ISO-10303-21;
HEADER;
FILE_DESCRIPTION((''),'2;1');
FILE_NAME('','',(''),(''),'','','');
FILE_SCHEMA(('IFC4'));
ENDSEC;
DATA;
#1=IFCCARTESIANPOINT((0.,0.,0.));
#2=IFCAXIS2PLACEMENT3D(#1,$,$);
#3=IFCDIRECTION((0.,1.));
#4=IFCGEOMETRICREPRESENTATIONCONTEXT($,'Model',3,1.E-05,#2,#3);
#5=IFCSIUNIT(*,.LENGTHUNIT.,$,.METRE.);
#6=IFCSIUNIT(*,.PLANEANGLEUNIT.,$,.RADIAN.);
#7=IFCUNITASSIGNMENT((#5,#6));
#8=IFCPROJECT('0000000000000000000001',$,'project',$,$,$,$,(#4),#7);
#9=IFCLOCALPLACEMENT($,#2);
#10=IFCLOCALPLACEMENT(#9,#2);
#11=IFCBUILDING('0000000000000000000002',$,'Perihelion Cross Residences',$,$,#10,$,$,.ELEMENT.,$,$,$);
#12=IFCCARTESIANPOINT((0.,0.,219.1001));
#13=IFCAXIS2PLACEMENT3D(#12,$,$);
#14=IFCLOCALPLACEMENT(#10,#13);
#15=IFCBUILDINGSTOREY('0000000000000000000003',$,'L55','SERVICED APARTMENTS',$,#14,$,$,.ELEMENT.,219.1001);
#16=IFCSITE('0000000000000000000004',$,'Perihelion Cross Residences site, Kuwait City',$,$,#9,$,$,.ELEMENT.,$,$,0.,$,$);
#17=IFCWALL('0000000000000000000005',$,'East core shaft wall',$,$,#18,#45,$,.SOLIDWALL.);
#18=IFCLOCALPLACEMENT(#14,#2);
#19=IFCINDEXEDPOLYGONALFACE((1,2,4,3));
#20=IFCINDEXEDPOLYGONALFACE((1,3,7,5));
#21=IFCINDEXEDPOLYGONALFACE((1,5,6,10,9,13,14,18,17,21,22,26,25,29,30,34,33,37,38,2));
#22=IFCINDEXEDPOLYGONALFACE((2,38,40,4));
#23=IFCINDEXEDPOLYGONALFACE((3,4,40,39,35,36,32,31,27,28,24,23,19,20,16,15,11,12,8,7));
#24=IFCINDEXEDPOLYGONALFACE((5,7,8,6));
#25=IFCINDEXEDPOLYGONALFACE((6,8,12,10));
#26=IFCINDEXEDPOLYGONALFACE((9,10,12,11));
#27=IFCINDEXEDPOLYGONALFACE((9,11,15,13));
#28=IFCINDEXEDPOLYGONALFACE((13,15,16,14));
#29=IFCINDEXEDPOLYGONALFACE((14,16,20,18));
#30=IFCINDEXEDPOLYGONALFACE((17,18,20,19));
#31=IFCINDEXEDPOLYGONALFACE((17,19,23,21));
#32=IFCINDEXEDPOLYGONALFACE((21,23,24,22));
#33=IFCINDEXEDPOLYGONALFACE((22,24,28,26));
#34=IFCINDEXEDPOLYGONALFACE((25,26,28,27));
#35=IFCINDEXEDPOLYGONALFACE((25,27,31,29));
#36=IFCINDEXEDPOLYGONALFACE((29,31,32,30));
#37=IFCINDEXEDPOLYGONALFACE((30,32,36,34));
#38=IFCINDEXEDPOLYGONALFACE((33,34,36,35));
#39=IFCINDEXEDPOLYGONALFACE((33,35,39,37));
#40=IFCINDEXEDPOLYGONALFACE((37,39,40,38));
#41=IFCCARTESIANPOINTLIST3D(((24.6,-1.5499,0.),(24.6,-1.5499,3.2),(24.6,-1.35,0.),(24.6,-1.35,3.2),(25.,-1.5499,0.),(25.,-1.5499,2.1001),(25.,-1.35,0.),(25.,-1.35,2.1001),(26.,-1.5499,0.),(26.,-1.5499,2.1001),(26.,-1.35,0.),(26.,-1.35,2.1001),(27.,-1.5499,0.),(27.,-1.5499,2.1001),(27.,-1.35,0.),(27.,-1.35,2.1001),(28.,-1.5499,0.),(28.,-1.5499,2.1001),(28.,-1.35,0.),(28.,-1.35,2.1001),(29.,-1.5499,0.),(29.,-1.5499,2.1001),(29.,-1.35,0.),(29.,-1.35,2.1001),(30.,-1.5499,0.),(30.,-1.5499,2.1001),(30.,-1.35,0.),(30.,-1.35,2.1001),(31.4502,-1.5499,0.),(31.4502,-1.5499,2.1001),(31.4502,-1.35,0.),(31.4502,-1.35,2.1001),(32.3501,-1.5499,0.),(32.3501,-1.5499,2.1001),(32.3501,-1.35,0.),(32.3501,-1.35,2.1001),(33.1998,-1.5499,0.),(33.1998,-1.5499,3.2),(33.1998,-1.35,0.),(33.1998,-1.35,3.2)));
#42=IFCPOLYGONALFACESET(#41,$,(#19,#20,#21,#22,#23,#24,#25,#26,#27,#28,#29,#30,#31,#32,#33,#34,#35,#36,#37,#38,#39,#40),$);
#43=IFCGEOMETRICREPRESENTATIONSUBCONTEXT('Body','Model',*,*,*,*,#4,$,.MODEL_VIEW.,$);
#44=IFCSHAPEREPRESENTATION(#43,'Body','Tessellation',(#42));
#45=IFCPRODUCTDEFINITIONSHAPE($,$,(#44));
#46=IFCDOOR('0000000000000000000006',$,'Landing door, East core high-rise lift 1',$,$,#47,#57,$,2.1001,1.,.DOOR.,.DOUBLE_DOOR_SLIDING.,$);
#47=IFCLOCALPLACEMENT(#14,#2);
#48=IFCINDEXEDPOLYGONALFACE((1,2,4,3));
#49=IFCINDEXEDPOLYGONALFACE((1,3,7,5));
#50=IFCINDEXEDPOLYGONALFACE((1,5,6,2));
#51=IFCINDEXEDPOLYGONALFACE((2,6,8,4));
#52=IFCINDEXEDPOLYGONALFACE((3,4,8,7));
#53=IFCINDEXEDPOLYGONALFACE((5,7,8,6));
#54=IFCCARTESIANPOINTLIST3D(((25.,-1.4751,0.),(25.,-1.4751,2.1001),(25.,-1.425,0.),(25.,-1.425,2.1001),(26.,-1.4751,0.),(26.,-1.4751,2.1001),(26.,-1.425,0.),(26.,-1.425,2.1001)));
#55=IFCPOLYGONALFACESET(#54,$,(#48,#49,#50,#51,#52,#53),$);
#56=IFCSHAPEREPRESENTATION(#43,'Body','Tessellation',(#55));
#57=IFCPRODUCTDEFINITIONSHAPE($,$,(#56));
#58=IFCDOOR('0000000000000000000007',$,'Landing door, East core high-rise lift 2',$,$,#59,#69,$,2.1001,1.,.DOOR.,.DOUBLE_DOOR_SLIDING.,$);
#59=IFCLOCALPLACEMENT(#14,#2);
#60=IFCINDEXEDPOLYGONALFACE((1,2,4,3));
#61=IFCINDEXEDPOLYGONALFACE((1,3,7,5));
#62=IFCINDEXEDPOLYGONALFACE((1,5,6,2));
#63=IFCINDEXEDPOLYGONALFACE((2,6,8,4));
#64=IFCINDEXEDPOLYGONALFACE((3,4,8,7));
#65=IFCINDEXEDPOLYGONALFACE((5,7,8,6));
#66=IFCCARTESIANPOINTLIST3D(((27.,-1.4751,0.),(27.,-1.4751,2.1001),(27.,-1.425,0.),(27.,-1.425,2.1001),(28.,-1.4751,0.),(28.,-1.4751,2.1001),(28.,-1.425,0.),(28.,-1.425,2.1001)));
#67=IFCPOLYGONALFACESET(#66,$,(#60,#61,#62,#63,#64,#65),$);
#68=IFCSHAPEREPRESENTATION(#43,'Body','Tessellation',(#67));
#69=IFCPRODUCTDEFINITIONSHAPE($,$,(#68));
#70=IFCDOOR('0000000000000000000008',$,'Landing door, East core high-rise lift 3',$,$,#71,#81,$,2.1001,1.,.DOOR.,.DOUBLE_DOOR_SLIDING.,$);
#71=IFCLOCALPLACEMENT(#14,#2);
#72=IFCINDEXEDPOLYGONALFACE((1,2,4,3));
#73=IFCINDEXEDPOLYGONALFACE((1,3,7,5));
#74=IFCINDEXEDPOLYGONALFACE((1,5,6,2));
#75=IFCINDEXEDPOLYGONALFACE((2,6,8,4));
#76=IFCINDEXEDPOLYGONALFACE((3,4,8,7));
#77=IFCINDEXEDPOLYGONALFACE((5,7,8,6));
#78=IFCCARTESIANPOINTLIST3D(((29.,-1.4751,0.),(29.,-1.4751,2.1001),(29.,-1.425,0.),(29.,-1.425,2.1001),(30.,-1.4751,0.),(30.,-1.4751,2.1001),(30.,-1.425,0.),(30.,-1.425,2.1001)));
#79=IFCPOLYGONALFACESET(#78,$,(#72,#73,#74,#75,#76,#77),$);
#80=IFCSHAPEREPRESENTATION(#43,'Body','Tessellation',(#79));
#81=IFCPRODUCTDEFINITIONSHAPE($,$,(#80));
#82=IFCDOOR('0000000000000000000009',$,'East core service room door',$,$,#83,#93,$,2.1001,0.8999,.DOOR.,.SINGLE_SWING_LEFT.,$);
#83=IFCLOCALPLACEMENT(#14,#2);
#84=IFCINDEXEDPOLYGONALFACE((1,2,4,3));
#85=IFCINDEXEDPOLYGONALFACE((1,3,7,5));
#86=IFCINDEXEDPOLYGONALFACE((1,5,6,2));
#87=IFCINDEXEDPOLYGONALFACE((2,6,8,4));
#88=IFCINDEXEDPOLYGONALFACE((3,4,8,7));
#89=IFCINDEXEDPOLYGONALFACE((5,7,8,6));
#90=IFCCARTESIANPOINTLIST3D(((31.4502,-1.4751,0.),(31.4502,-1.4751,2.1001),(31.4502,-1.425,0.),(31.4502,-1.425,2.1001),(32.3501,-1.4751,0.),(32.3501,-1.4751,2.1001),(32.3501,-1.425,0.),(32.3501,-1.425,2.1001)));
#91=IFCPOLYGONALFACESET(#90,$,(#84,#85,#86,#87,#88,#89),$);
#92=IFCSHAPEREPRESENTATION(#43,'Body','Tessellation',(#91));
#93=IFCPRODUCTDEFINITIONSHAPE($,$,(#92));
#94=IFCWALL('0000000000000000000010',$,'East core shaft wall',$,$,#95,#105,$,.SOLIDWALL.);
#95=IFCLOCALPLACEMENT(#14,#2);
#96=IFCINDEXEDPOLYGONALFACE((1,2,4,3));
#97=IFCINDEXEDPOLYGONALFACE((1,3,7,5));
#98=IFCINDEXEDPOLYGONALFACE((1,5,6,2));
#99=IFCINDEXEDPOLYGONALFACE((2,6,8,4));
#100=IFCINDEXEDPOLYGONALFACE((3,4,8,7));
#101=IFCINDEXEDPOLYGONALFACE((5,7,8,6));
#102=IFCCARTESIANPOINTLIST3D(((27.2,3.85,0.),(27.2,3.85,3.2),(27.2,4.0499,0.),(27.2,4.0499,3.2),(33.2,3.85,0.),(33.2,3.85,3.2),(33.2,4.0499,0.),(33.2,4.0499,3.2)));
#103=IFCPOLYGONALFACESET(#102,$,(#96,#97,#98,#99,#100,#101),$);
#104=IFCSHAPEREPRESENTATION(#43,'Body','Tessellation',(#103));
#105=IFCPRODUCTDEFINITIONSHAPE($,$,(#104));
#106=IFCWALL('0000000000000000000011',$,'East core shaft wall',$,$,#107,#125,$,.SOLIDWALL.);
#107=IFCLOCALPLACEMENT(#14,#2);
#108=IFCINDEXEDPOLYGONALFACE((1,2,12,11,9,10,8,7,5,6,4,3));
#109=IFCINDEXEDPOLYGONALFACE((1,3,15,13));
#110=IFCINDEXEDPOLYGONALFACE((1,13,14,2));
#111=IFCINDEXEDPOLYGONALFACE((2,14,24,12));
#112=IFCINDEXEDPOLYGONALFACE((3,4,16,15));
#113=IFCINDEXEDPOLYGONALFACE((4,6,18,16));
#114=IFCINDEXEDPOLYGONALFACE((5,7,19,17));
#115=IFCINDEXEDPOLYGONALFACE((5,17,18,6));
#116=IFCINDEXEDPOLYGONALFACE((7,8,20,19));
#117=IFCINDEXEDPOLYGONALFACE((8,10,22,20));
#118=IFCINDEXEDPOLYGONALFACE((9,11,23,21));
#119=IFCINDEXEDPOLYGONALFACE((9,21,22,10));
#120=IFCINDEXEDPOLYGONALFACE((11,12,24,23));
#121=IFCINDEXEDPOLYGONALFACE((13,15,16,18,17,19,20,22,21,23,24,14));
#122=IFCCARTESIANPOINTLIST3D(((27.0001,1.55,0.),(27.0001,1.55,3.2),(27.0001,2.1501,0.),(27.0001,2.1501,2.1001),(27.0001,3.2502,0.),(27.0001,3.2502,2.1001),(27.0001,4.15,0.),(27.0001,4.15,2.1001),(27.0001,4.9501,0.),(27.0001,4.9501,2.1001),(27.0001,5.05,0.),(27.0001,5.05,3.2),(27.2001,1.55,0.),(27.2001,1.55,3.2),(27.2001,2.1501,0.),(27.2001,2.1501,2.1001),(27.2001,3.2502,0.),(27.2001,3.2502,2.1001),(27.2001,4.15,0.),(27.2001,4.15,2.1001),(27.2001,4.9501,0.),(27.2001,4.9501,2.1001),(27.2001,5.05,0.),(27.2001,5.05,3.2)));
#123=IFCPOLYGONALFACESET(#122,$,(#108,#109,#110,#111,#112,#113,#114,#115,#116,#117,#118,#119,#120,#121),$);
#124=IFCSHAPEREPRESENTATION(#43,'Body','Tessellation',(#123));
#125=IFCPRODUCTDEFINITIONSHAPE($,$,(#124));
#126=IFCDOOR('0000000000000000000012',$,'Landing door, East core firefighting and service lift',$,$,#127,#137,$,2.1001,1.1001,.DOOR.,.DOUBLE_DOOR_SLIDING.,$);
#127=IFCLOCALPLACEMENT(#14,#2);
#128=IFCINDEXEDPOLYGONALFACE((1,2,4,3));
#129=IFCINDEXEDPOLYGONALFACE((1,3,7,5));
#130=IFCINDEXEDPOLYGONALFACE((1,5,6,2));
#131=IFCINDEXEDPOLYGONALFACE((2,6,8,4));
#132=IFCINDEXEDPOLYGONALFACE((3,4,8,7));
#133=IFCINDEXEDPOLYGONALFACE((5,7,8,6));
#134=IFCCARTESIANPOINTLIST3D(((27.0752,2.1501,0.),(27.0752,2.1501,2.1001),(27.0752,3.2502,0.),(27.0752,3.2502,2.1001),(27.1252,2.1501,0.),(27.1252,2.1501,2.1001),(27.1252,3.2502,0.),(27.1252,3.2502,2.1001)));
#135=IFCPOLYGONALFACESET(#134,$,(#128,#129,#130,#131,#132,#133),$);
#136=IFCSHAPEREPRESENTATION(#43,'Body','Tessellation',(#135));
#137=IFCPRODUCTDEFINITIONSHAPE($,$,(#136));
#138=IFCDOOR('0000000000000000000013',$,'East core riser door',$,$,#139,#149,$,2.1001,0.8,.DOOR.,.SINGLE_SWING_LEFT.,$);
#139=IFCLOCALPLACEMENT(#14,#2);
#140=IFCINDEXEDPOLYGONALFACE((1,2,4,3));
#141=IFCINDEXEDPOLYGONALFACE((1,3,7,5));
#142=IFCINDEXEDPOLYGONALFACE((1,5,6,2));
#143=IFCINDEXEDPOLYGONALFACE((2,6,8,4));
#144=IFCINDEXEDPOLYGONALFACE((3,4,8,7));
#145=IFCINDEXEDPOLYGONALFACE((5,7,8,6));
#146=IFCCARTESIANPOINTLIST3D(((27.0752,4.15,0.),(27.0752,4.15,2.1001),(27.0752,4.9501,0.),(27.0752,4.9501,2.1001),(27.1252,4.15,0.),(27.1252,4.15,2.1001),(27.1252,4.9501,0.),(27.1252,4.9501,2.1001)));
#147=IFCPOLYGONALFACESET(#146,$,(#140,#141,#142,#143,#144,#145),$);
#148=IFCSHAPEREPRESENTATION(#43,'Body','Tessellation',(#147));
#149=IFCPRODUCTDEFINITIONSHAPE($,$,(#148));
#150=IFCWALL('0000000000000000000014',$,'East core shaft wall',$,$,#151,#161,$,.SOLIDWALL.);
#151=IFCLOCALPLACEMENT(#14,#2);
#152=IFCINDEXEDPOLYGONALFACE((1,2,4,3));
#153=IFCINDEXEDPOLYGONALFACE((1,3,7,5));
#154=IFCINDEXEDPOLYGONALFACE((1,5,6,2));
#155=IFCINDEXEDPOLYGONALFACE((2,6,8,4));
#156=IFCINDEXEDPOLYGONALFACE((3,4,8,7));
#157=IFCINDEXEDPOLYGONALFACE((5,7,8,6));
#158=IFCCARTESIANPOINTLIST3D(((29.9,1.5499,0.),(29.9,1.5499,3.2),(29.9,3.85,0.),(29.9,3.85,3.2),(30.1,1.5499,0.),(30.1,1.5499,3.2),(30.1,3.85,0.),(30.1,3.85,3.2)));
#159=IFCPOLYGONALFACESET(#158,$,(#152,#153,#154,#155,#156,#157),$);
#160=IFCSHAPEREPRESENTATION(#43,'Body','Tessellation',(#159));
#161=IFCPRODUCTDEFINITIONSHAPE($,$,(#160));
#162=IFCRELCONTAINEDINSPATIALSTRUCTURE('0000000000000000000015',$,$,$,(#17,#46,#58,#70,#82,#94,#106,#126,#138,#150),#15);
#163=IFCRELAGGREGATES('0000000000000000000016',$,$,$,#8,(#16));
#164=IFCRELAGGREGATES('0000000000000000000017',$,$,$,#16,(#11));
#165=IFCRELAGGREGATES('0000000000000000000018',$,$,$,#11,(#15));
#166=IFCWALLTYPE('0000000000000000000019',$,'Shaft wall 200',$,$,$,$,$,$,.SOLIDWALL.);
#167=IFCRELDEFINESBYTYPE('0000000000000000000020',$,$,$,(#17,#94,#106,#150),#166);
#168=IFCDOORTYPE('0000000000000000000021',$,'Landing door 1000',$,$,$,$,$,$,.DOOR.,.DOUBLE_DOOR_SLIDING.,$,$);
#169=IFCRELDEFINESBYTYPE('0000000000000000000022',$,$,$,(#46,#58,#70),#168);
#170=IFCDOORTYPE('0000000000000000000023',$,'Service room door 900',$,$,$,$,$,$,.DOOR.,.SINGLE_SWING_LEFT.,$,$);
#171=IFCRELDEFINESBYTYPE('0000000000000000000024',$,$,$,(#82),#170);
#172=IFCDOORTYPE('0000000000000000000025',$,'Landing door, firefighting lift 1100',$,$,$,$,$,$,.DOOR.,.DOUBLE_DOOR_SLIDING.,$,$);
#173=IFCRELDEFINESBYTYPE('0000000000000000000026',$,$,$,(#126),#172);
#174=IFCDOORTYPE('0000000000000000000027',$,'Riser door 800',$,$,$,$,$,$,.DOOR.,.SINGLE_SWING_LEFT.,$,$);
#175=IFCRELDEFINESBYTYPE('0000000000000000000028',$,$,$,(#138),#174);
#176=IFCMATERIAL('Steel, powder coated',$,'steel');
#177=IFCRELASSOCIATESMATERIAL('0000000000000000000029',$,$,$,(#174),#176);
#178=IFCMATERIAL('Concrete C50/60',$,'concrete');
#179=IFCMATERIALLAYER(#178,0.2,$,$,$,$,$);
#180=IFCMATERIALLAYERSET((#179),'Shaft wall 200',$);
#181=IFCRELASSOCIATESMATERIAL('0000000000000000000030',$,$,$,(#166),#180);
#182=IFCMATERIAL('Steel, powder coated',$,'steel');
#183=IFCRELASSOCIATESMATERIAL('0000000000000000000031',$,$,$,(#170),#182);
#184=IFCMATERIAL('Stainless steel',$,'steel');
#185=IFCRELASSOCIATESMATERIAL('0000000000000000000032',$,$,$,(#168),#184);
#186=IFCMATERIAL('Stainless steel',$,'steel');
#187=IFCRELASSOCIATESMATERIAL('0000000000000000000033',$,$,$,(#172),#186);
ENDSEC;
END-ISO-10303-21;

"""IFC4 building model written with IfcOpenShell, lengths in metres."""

from ifc_helpers import new_model, si_unit, direction, frame, frame_2d, origin, place, context, subcontext, project, spatial, rectangle, extrude, material, layer, layer_set, type_object, element, fill, save


model = new_model("IFC4")

# Units and contexts
model_context = context("Model", 3, precision=1e-05, world=origin(), true_north=direction((0.0, 1.0)))
body_context = subcontext(model_context, "Body", "Model", "MODEL_VIEW")
ifc_project = project(units=[si_unit("LENGTHUNIT", "METRE"), si_unit("PLANEANGLEUNIT", "RADIAN")], contexts=[model_context])

# Site, building, storey
site_placement = place(None, origin())
site = spatial("IfcSite", under=ifc_project, at=site_placement, Name="Perihelion Cross Residences site, Kuwait City", CompositionType="ELEMENT", RefElevation=0.0)
building_placement = place(site_placement, origin())
building = spatial("IfcBuilding", under=site, at=building_placement, Name="Perihelion Cross Residences", CompositionType="ELEMENT")
storey_placement = place(building_placement, frame((0.0, 0.0, 219.1001)))
storey = spatial("IfcBuildingStorey", under=building, at=storey_placement, Name="L55", Description="SERVICED APARTMENTS", CompositionType="ELEMENT", Elevation=219.1001)

# Shared definitions
ifc_material_1 = material(Name="Steel, powder coated", Category="steel")
door_type_1 = type_object("IfcDoorType", Name="Riser door 800", OperationType="SINGLE_SWING_LEFT", PredefinedType="DOOR", material=ifc_material_1)

# Wall, openings, doors
ifc_material_2 = material(Name="Concrete C50/60", Category="concrete")
ifc_layer_1 = layer(ifc_material_2, 0.2)
ifc_layer_set_1 = layer_set([ifc_layer_1], Name="Shaft wall 200")
wall_type_1 = type_object("IfcWallType", Name="Shaft wall 200", PredefinedType="SOLIDWALL", material=ifc_layer_set_1)
ifc_material_3 = material(Name="Steel, powder coated", Category="steel")
door_type_2 = type_object("IfcDoorType", Name="Service room door 900", OperationType="SINGLE_SWING_LEFT", PredefinedType="DOOR", material=ifc_material_3)
wall_1_placement = place(storey_placement, frame((24.6001, -1.45, 0.0), z_axis=(0.0, 0.0, 1.0), x_axis=(1.0, 0.0, 0.0)))
wall_1 = element("IfcWall", 1, at=wall_1_placement, inside=storey, type_object=wall_type_1, Name="East core shaft wall", PredefinedType="SOLIDWALL", context=body_context, shape_type="SweptSolid", body=[
    extrude(rectangle(XDim=8.5999, YDim=0.2, at=frame_2d((4.2998, 0.0))), origin(), (0.0, 0.0, 1.0), 3.2),
])
opening_1_placement = place(wall_1_placement, frame((0.3999, 0.0, 0.0)))
opening_1 = element("IfcOpeningElement", 2, at=opening_1_placement, cuts=wall_1, PredefinedType="OPENING", context=body_context, shape_type="SweptSolid", body=[
    extrude(rectangle(XDim=1.0, YDim=2.1001, at=frame_2d((0.5, 1.05))), frame((0.0, 0.1099, 0.0), z_axis=(0.0, -1.0, 0.0), x_axis=(1.0, 0.0, 0.0)), (0.0, 0.0, 1.0), 0.22),
])
opening_2_placement = place(wall_1_placement, frame((2.3999, 0.0, 0.0)))
opening_2 = element("IfcOpeningElement", 3, at=opening_2_placement, cuts=wall_1, PredefinedType="OPENING", context=body_context, shape_type="SweptSolid", body=[
    extrude(rectangle(XDim=1.0, YDim=2.1001, at=frame_2d((0.5, 1.05))), frame((0.0, 0.1099, 0.0), z_axis=(0.0, -1.0, 0.0), x_axis=(1.0, 0.0, 0.0)), (0.0, 0.0, 1.0), 0.22),
])
opening_3_placement = place(wall_1_placement, frame((4.3999, 0.0, 0.0)))
opening_3 = element("IfcOpeningElement", 4, at=opening_3_placement, cuts=wall_1, PredefinedType="OPENING", context=body_context, shape_type="SweptSolid", body=[
    extrude(rectangle(XDim=1.0, YDim=2.1001, at=frame_2d((0.5, 1.05))), frame((0.0, 0.1099, 0.0), z_axis=(0.0, -1.0, 0.0), x_axis=(1.0, 0.0, 0.0)), (0.0, 0.0, 1.0), 0.22),
])
opening_4_placement = place(wall_1_placement, frame((6.8501, 0.0, 0.0)))
opening_4 = element("IfcOpeningElement", 5, at=opening_4_placement, cuts=wall_1, PredefinedType="OPENING", context=body_context, shape_type="SweptSolid", body=[
    extrude(rectangle(XDim=0.8999, YDim=2.1001, at=frame_2d((0.45, 1.05))), frame((0.0, 0.1099, 0.0), z_axis=(0.0, -1.0, 0.0), x_axis=(1.0, 0.0, 0.0)), (0.0, 0.0, 1.0), 0.22),
])
ifc_material_4 = material(Name="Stainless steel", Category="steel")
door_type_3 = type_object("IfcDoorType", Name="Landing door 1000", OperationType="DOUBLE_DOOR_SLIDING", PredefinedType="DOOR", material=ifc_material_4)
door_1_placement = place(opening_1_placement, origin())
door_1 = element("IfcDoor", 6, at=door_1_placement, inside=storey, type_object=door_type_3, Name="Landing door, East core high-rise lift 1", OperationType="DOUBLE_DOOR_SLIDING", OverallHeight=2.1001, OverallWidth=1.0, PredefinedType="DOOR", context=body_context, shape_type="SweptSolid", body=[
    extrude(rectangle(XDim=1.0, YDim=2.1001, at=frame_2d((0.5, 1.05))), frame((0.0, 0.0249, 0.0), z_axis=(0.0, -1.0, 0.0), x_axis=(1.0, 0.0, 0.0)), (0.0, 0.0, 1.0), 0.05),
])
fill(opening_1, door_1)
door_2_placement = place(opening_2_placement, origin())
door_2 = element("IfcDoor", 7, at=door_2_placement, inside=storey, type_object=door_type_3, Name="Landing door, East core high-rise lift 2", OperationType="DOUBLE_DOOR_SLIDING", OverallHeight=2.1001, OverallWidth=1.0, PredefinedType="DOOR", context=body_context, shape_type="SweptSolid", body=[
    extrude(rectangle(XDim=1.0, YDim=2.1001, at=frame_2d((0.5, 1.05))), frame((0.0, 0.0249, 0.0), z_axis=(0.0, -1.0, 0.0), x_axis=(1.0, 0.0, 0.0)), (0.0, 0.0, 1.0), 0.05),
])
fill(opening_2, door_2)
door_3_placement = place(opening_3_placement, origin())
door_3 = element("IfcDoor", 8, at=door_3_placement, inside=storey, type_object=door_type_3, Name="Landing door, East core high-rise lift 3", OperationType="DOUBLE_DOOR_SLIDING", OverallHeight=2.1001, OverallWidth=1.0, PredefinedType="DOOR", context=body_context, shape_type="SweptSolid", body=[
    extrude(rectangle(XDim=1.0, YDim=2.1001, at=frame_2d((0.5, 1.05))), frame((0.0, 0.0249, 0.0), z_axis=(0.0, -1.0, 0.0), x_axis=(1.0, 0.0, 0.0)), (0.0, 0.0, 1.0), 0.05),
])
fill(opening_3, door_3)
door_4_placement = place(opening_4_placement, origin())
door_4 = element("IfcDoor", 9, at=door_4_placement, inside=storey, type_object=door_type_2, Name="East core service room door", OperationType="SINGLE_SWING_LEFT", OverallHeight=2.1001, OverallWidth=0.8999, PredefinedType="DOOR", context=body_context, shape_type="SweptSolid", body=[
    extrude(rectangle(XDim=0.8999, YDim=2.1001, at=frame_2d((0.45, 1.05))), frame((0.0, 0.0249, 0.0), z_axis=(0.0, -1.0, 0.0), x_axis=(1.0, 0.0, 0.0)), (0.0, 0.0, 1.0), 0.05),
])
fill(opening_4, door_4)

# Wall
wall_2_placement = place(storey_placement, frame((27.2, 3.95, 0.0), z_axis=(0.0, 0.0, 1.0), x_axis=(1.0, 0.0, 0.0)))
element("IfcWall", 10, at=wall_2_placement, inside=storey, type_object=wall_type_1, Name="East core shaft wall", PredefinedType="SOLIDWALL", context=body_context, shape_type="SweptSolid", body=[
    extrude(rectangle(XDim=6.0, YDim=0.2, at=frame_2d((3.0, 0.0))), origin(), (0.0, 0.0, 1.0), 3.2),
])

# Wall, openings, doors
wall_3_placement = place(storey_placement, frame((27.1001, 1.55, 0.0), z_axis=(0.0, 0.0, 1.0), x_axis=(0.0, 1.0, 0.0)))
wall_3 = element("IfcWall", 11, at=wall_3_placement, inside=storey, type_object=wall_type_1, Name="East core shaft wall", PredefinedType="SOLIDWALL", context=body_context, shape_type="SweptSolid", body=[
    extrude(rectangle(XDim=3.5, YDim=0.2, at=frame_2d((1.75, 0.0))), origin(), (0.0, 0.0, 1.0), 3.2),
])
opening_5_placement = place(wall_3_placement, frame((0.6001, 0.0, 0.0)))
opening_5 = element("IfcOpeningElement", 12, at=opening_5_placement, cuts=wall_3, PredefinedType="OPENING", context=body_context, shape_type="SweptSolid", body=[
    extrude(rectangle(XDim=1.1001, YDim=2.1001, at=frame_2d((0.55, 1.05))), frame((0.0, 0.1099, 0.0), z_axis=(0.0, -1.0, 0.0), x_axis=(1.0, 0.0, 0.0)), (0.0, 0.0, 1.0), 0.22),
])
opening_6_placement = place(wall_3_placement, frame((2.6001, 0.0, 0.0)))
opening_6 = element("IfcOpeningElement", 13, at=opening_6_placement, cuts=wall_3, PredefinedType="OPENING", context=body_context, shape_type="SweptSolid", body=[
    extrude(rectangle(XDim=0.8, YDim=2.1001, at=frame_2d((0.3999, 1.05))), frame((0.0, 0.1099, 0.0), z_axis=(0.0, -1.0, 0.0), x_axis=(1.0, 0.0, 0.0)), (0.0, 0.0, 1.0), 0.22),
])
ifc_material_5 = material(Name="Stainless steel", Category="steel")
door_type_4 = type_object("IfcDoorType", Name="Landing door, firefighting lift 1100", OperationType="DOUBLE_DOOR_SLIDING", PredefinedType="DOOR", material=ifc_material_5)
door_5_placement = place(opening_5_placement, origin())
door_5 = element("IfcDoor", 14, at=door_5_placement, inside=storey, type_object=door_type_4, Name="Landing door, East core firefighting and service lift", OperationType="DOUBLE_DOOR_SLIDING", OverallHeight=2.1001, OverallWidth=1.1001, PredefinedType="DOOR", context=body_context, shape_type="SweptSolid", body=[
    extrude(rectangle(XDim=1.1001, YDim=2.1001, at=frame_2d((0.55, 1.05))), frame((0.0, 0.0249, 0.0), z_axis=(0.0, -1.0, 0.0), x_axis=(1.0, 0.0, 0.0)), (0.0, 0.0, 1.0), 0.05),
])
fill(opening_5, door_5)
door_6_placement = place(opening_6_placement, origin())
door_6 = element("IfcDoor", 15, at=door_6_placement, inside=storey, type_object=door_type_1, Name="East core riser door", OperationType="SINGLE_SWING_LEFT", OverallHeight=2.1001, OverallWidth=0.8, PredefinedType="DOOR", context=body_context, shape_type="SweptSolid", body=[
    extrude(rectangle(XDim=0.8, YDim=2.1001, at=frame_2d((0.3999, 1.05))), frame((0.0, 0.0249, 0.0), z_axis=(0.0, -1.0, 0.0), x_axis=(1.0, 0.0, 0.0)), (0.0, 0.0, 1.0), 0.05),
])
fill(opening_6, door_6)

# Wall
wall_4_placement = place(storey_placement, frame((30.0, 1.55, 0.0), z_axis=(0.0, 0.0, 1.0), x_axis=(0.0, 1.0, 0.0)))
element("IfcWall", 16, at=wall_4_placement, inside=storey, type_object=wall_type_1, Name="East core shaft wall", PredefinedType="SOLIDWALL", context=body_context, shape_type="SweptSolid", body=[
    extrude(rectangle(XDim=2.3, YDim=0.2, at=frame_2d((1.1499, 0.0))), origin(), (0.0, 0.0, 1.0), 3.2),
])

save(model, "model.ifc")
